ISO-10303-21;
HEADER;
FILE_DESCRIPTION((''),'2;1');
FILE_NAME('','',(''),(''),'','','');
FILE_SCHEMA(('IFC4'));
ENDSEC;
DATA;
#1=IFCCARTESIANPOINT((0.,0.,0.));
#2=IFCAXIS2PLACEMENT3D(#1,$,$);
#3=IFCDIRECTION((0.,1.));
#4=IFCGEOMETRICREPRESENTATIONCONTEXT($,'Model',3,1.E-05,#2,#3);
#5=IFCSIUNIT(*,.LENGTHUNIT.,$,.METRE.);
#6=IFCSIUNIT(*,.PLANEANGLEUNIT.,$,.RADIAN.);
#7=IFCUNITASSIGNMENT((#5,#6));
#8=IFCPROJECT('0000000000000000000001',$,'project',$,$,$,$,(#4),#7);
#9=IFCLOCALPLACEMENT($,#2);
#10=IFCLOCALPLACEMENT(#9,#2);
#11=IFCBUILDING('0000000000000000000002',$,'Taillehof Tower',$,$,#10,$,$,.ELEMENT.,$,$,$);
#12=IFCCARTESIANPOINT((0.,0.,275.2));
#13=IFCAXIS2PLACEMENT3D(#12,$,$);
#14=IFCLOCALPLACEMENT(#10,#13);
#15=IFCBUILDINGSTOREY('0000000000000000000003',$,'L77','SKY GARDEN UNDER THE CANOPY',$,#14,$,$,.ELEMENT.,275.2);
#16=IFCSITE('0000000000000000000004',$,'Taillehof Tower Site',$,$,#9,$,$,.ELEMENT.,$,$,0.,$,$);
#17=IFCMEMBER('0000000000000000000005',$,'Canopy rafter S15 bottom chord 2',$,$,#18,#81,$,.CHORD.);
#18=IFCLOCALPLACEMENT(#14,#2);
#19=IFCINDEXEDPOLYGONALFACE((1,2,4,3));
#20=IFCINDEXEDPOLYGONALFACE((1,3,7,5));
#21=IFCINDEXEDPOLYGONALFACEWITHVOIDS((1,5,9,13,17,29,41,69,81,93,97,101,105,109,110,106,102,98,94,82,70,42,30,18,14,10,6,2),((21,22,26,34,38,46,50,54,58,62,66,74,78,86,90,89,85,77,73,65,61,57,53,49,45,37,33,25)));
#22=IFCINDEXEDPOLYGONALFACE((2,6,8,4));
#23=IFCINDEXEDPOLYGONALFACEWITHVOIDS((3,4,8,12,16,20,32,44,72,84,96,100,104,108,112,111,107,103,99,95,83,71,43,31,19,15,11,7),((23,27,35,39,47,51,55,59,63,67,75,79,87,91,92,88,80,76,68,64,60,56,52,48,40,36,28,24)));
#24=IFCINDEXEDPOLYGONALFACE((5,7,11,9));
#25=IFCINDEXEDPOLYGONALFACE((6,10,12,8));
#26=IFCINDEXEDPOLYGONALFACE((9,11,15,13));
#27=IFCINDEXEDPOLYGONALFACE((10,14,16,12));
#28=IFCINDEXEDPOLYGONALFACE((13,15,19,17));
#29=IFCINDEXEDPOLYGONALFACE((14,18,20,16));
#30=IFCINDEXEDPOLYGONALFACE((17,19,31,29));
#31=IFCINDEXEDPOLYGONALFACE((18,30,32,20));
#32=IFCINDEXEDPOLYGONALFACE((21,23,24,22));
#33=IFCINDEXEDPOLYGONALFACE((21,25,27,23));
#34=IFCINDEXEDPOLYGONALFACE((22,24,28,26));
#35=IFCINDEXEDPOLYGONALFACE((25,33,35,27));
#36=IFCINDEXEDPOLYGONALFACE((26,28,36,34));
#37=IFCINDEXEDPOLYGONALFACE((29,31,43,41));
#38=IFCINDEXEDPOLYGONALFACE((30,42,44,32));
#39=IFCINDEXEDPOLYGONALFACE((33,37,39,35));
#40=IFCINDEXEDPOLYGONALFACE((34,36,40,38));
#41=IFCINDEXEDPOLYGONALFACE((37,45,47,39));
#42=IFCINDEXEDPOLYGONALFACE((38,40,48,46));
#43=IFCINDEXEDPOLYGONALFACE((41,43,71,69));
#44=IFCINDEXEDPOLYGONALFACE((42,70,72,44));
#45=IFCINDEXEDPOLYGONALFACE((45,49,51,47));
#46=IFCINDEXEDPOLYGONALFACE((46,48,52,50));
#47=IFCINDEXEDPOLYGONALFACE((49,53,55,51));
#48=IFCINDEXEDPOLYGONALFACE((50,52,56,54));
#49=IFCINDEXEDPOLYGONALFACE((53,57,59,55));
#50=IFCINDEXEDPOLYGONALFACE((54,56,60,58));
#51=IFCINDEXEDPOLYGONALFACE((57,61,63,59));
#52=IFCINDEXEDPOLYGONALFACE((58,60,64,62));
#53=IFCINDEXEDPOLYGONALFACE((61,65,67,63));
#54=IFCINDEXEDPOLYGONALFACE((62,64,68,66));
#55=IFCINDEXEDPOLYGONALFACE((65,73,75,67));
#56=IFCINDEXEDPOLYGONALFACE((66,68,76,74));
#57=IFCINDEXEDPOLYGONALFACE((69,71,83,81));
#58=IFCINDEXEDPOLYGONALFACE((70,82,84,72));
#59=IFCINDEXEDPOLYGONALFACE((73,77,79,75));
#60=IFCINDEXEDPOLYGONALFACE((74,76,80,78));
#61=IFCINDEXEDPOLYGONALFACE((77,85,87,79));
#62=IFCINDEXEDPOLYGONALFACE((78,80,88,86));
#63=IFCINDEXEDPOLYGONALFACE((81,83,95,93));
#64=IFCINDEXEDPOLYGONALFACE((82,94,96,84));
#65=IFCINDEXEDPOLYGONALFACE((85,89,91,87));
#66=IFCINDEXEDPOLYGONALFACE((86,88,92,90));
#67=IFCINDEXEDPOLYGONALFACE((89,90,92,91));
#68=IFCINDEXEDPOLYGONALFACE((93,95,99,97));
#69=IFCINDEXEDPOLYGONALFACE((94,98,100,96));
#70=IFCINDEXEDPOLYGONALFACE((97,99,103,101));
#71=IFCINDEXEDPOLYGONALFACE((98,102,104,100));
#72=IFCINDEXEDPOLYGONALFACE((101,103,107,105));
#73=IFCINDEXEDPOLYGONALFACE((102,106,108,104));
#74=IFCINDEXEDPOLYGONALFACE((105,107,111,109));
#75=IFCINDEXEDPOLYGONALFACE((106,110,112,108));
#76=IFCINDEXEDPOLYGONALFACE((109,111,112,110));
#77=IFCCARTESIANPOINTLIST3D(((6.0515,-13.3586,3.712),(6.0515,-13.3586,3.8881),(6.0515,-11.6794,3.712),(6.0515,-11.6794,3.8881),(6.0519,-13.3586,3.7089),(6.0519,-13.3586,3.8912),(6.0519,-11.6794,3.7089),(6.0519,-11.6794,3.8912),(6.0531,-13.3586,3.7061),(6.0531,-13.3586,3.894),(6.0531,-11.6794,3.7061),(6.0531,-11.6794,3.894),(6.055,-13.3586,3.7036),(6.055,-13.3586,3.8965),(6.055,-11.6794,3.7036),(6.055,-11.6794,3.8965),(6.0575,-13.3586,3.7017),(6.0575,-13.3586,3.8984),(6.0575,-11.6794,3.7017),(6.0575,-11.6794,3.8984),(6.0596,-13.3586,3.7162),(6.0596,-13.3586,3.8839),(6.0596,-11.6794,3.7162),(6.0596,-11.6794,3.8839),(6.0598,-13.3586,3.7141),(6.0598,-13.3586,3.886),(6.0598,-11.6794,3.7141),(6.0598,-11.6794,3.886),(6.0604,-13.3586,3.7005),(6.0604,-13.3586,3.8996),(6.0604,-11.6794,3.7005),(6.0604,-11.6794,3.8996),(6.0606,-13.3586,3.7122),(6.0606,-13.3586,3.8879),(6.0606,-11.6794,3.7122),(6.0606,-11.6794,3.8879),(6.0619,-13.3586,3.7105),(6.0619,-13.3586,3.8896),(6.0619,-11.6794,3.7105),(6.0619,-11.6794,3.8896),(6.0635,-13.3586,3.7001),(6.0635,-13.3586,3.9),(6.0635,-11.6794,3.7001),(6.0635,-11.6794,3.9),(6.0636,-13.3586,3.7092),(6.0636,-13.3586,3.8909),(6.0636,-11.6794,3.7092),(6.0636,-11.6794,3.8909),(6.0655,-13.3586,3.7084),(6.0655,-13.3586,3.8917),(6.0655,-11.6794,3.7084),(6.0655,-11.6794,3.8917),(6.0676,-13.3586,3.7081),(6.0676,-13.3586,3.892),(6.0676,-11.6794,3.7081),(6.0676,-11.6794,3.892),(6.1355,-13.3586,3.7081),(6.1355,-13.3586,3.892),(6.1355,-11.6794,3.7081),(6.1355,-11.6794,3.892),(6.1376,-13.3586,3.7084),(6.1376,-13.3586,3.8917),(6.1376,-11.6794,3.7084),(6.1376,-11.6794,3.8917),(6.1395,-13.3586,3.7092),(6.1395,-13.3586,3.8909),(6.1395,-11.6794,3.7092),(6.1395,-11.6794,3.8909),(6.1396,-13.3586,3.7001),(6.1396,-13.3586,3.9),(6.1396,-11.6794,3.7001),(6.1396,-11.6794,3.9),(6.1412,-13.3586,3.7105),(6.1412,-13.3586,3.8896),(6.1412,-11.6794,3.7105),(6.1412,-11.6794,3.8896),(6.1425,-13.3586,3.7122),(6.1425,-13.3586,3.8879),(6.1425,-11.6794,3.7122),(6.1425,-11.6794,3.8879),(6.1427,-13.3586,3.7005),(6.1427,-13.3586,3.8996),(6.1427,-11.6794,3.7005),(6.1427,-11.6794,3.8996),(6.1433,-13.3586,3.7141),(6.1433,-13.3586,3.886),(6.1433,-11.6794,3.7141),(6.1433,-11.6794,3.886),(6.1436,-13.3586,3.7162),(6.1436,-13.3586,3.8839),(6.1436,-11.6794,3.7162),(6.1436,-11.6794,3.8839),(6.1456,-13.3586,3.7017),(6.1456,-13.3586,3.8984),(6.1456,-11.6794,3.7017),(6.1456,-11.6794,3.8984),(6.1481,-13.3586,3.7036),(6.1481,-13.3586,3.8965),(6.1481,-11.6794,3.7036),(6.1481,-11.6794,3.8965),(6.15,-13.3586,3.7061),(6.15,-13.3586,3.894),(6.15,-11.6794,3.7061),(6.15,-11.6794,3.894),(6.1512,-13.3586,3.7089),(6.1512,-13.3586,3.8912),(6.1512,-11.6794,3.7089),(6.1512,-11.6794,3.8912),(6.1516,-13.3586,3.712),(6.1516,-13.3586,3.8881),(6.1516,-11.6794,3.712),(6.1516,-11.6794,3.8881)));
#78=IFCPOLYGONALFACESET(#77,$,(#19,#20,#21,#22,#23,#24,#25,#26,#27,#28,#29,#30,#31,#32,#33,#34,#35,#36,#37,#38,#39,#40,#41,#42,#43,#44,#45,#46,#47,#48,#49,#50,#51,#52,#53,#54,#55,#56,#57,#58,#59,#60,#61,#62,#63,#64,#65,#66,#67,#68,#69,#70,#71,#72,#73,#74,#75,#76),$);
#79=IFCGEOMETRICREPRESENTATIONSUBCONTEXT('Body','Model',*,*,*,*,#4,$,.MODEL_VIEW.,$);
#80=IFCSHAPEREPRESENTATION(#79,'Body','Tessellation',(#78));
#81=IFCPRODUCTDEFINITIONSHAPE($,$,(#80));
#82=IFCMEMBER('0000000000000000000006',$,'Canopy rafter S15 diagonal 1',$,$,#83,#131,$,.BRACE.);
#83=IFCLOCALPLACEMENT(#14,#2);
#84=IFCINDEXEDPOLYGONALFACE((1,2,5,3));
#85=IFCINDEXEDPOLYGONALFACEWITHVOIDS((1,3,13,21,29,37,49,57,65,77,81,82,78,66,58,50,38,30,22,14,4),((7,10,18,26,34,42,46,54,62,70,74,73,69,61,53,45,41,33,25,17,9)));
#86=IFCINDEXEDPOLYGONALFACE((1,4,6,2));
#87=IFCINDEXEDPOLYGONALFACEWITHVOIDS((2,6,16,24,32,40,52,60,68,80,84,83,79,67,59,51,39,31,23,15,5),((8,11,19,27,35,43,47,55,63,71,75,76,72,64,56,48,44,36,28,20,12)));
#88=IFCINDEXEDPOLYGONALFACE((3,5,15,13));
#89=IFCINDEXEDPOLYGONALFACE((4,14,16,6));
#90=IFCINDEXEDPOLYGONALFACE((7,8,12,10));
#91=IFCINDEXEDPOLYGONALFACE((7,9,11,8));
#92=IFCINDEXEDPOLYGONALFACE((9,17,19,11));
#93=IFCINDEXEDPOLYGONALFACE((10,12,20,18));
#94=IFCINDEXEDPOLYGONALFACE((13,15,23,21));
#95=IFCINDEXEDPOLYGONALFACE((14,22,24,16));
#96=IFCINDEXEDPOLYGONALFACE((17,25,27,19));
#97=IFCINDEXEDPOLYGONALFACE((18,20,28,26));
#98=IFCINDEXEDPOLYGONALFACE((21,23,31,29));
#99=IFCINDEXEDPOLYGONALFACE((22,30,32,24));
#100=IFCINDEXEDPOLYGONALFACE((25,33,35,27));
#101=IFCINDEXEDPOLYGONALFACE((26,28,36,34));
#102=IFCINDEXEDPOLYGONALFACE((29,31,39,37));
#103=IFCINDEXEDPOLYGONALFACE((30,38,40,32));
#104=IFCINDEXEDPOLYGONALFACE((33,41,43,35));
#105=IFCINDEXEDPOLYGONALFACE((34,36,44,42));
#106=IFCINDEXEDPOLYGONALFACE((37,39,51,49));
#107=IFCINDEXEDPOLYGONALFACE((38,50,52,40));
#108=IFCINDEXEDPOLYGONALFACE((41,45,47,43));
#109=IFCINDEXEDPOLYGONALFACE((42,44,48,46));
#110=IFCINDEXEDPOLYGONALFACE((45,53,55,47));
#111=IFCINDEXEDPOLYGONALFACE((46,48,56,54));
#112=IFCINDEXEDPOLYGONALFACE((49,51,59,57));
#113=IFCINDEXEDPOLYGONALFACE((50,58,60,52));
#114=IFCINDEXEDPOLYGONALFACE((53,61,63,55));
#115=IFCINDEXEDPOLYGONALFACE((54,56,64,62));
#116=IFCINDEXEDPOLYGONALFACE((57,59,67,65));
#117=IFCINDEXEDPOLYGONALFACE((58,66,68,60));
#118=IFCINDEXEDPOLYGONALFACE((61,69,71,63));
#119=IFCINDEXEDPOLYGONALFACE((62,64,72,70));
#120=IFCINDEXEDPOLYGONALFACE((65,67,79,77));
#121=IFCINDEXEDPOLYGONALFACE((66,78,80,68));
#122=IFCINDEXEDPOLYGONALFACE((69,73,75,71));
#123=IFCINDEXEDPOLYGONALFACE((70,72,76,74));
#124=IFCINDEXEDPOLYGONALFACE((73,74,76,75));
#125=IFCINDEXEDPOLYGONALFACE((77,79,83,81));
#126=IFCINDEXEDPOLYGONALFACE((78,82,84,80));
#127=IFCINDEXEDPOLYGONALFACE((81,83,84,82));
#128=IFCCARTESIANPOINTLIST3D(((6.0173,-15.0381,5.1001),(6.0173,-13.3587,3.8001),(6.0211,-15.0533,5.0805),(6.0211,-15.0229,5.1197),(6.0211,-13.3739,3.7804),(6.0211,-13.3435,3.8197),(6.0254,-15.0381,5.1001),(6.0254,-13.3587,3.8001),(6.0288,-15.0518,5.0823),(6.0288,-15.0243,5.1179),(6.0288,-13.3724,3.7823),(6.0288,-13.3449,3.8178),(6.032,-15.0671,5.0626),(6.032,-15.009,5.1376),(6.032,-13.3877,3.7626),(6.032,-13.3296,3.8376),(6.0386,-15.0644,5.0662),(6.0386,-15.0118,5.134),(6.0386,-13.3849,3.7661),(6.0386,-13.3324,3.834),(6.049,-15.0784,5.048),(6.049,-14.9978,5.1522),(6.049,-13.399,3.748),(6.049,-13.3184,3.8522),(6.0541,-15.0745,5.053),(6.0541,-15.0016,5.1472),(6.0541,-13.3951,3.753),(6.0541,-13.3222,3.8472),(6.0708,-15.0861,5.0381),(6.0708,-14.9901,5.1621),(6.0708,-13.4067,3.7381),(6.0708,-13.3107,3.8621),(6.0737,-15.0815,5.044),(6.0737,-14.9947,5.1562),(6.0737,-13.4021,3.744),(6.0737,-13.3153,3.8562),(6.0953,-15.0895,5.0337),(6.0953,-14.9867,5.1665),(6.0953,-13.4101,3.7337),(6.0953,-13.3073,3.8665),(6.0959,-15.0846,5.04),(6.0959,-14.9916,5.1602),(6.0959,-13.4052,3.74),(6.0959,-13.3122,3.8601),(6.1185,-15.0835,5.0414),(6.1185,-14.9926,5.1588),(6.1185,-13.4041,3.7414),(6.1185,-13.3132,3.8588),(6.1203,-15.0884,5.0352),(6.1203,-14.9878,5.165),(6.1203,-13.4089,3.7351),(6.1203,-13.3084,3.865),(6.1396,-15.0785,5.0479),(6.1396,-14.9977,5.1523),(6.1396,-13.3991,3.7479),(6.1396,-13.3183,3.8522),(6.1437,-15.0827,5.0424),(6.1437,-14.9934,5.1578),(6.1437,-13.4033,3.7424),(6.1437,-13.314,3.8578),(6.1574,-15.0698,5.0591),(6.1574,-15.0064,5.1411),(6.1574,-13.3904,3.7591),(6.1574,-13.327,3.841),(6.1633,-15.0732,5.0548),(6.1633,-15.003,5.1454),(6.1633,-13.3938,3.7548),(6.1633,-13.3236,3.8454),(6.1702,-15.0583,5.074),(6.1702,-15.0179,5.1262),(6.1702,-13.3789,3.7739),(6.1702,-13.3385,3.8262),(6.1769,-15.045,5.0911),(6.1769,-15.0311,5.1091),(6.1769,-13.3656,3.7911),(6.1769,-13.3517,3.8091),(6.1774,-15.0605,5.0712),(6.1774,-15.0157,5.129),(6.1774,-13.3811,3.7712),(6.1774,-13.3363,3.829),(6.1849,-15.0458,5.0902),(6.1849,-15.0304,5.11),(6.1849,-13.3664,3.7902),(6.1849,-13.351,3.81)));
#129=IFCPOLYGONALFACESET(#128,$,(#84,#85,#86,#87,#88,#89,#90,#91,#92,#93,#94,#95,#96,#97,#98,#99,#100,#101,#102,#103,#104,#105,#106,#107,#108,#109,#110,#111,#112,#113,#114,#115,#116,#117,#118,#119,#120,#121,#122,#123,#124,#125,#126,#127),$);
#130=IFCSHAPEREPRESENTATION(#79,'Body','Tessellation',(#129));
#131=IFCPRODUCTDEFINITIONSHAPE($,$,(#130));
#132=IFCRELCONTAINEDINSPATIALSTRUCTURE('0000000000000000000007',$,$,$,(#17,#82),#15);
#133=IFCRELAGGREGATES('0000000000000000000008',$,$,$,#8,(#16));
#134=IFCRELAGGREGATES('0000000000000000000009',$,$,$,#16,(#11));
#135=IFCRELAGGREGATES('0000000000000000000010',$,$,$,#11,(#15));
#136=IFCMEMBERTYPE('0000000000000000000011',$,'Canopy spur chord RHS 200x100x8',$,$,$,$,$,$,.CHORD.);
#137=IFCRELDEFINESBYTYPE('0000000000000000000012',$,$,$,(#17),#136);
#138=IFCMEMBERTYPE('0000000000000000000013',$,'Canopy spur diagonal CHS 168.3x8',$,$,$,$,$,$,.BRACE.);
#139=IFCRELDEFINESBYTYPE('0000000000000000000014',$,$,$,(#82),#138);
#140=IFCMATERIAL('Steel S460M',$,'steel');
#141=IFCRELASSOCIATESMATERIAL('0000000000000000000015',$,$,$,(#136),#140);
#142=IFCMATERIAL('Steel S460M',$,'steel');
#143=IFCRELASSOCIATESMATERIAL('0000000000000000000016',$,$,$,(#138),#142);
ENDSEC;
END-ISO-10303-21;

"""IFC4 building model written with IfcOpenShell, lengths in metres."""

from ifc_helpers import new_model, si_unit, direction, frame, origin, origin_2d, place, context, subcontext, project, spatial, hollow_rectangle, hollow_circle, extrude, material, material_profile, profile_set, type_object, element, save


model = new_model("IFC4")

# Units and contexts
model_context = context("Model", 3, precision=1e-05, world=origin(), true_north=direction((0.0, 1.0)))
body_context = subcontext(model_context, "Body", "Model", "MODEL_VIEW")
ifc_project = project(units=[si_unit("LENGTHUNIT", "METRE"), si_unit("PLANEANGLEUNIT", "RADIAN")], contexts=[model_context])

# Site, building, storey
site_placement = place(None, origin())
site = spatial("IfcSite", under=ifc_project, at=site_placement, Name="Taillehof Tower Site", CompositionType="ELEMENT", RefElevation=0.0)
building_placement = place(site_placement, origin())
building = spatial("IfcBuilding", under=site, at=building_placement, Name="Taillehof Tower", CompositionType="ELEMENT")
storey_placement = place(building_placement, frame((0.0, 0.0, 275.2)))
storey = spatial("IfcBuildingStorey", under=building, at=storey_placement, Name="L77", Description="SKY GARDEN UNDER THE CANOPY", CompositionType="ELEMENT", Elevation=275.2)

# Members
ifc_material_1 = material(Name="Steel S460M", Category="steel")
ifc_material_profile_1 = material_profile(ifc_material_1, hollow_rectangle(XDim=0.1001, YDim=0.2, WallThickness=0.0081, InnerFilletRadius=0.0081, OuterFilletRadius=0.012, at=origin_2d()), Name="RHS 200x100x8")
ifc_profile_set_1 = profile_set([ifc_material_profile_1], Name="Steel S460M")
member_type_1 = type_object("IfcMemberType", Name="Canopy spur chord RHS 200x100x8", PredefinedType="CHORD", material=ifc_profile_set_1)
for number, where, z_axis, x_axis, name in (
    (1, (6.1016, -13.3586, 3.8), (0.0, 1.0, 0.0), (-1.0, 0.0, 0.0), "Canopy rafter S15 bottom chord 2"),
):
    element("IfcMember", number, at=place(storey_placement, frame(where, z_axis=z_axis, x_axis=x_axis)), inside=storey, type_object=member_type_1, Name=name, PredefinedType="CHORD", context=body_context, shape_type="SweptSolid", body=[
        extrude(hollow_rectangle(XDim=0.1001, YDim=0.2, WallThickness=0.0081, InnerFilletRadius=0.0081, OuterFilletRadius=0.012, at=origin_2d()), origin(), (0.0, 0.0, 1.0), 1.6792),
    ])
ifc_material_2 = material(Name="Steel S460M", Category="steel")
ifc_material_profile_2 = material_profile(ifc_material_2, hollow_circle(Radius=0.0842, WallThickness=0.0081, at=origin_2d()), Name="CHS 168.3x8")
ifc_profile_set_2 = profile_set([ifc_material_profile_2], Name="Steel S460M")
member_type_2 = type_object("IfcMemberType", Name="Canopy spur diagonal CHS 168.3x8", PredefinedType="BRACE", material=ifc_profile_set_2)
member_placement = place(storey_placement, frame((6.1016, -15.0381, 5.1001), z_axis=(0.0, 0.790761, -0.612125), x_axis=(-1.0, 0.0, 0.0)))
element("IfcMember", 2, at=member_placement, inside=storey, type_object=member_type_2, Name="Canopy rafter S15 diagonal 1", PredefinedType="BRACE", context=body_context, shape_type="SweptSolid", body=[
    extrude(hollow_circle(Radius=0.0842, WallThickness=0.0081, at=origin_2d()), origin(), (0.0, 0.0, 1.0), 2.1238),
])

save(model, "model.ifc")
